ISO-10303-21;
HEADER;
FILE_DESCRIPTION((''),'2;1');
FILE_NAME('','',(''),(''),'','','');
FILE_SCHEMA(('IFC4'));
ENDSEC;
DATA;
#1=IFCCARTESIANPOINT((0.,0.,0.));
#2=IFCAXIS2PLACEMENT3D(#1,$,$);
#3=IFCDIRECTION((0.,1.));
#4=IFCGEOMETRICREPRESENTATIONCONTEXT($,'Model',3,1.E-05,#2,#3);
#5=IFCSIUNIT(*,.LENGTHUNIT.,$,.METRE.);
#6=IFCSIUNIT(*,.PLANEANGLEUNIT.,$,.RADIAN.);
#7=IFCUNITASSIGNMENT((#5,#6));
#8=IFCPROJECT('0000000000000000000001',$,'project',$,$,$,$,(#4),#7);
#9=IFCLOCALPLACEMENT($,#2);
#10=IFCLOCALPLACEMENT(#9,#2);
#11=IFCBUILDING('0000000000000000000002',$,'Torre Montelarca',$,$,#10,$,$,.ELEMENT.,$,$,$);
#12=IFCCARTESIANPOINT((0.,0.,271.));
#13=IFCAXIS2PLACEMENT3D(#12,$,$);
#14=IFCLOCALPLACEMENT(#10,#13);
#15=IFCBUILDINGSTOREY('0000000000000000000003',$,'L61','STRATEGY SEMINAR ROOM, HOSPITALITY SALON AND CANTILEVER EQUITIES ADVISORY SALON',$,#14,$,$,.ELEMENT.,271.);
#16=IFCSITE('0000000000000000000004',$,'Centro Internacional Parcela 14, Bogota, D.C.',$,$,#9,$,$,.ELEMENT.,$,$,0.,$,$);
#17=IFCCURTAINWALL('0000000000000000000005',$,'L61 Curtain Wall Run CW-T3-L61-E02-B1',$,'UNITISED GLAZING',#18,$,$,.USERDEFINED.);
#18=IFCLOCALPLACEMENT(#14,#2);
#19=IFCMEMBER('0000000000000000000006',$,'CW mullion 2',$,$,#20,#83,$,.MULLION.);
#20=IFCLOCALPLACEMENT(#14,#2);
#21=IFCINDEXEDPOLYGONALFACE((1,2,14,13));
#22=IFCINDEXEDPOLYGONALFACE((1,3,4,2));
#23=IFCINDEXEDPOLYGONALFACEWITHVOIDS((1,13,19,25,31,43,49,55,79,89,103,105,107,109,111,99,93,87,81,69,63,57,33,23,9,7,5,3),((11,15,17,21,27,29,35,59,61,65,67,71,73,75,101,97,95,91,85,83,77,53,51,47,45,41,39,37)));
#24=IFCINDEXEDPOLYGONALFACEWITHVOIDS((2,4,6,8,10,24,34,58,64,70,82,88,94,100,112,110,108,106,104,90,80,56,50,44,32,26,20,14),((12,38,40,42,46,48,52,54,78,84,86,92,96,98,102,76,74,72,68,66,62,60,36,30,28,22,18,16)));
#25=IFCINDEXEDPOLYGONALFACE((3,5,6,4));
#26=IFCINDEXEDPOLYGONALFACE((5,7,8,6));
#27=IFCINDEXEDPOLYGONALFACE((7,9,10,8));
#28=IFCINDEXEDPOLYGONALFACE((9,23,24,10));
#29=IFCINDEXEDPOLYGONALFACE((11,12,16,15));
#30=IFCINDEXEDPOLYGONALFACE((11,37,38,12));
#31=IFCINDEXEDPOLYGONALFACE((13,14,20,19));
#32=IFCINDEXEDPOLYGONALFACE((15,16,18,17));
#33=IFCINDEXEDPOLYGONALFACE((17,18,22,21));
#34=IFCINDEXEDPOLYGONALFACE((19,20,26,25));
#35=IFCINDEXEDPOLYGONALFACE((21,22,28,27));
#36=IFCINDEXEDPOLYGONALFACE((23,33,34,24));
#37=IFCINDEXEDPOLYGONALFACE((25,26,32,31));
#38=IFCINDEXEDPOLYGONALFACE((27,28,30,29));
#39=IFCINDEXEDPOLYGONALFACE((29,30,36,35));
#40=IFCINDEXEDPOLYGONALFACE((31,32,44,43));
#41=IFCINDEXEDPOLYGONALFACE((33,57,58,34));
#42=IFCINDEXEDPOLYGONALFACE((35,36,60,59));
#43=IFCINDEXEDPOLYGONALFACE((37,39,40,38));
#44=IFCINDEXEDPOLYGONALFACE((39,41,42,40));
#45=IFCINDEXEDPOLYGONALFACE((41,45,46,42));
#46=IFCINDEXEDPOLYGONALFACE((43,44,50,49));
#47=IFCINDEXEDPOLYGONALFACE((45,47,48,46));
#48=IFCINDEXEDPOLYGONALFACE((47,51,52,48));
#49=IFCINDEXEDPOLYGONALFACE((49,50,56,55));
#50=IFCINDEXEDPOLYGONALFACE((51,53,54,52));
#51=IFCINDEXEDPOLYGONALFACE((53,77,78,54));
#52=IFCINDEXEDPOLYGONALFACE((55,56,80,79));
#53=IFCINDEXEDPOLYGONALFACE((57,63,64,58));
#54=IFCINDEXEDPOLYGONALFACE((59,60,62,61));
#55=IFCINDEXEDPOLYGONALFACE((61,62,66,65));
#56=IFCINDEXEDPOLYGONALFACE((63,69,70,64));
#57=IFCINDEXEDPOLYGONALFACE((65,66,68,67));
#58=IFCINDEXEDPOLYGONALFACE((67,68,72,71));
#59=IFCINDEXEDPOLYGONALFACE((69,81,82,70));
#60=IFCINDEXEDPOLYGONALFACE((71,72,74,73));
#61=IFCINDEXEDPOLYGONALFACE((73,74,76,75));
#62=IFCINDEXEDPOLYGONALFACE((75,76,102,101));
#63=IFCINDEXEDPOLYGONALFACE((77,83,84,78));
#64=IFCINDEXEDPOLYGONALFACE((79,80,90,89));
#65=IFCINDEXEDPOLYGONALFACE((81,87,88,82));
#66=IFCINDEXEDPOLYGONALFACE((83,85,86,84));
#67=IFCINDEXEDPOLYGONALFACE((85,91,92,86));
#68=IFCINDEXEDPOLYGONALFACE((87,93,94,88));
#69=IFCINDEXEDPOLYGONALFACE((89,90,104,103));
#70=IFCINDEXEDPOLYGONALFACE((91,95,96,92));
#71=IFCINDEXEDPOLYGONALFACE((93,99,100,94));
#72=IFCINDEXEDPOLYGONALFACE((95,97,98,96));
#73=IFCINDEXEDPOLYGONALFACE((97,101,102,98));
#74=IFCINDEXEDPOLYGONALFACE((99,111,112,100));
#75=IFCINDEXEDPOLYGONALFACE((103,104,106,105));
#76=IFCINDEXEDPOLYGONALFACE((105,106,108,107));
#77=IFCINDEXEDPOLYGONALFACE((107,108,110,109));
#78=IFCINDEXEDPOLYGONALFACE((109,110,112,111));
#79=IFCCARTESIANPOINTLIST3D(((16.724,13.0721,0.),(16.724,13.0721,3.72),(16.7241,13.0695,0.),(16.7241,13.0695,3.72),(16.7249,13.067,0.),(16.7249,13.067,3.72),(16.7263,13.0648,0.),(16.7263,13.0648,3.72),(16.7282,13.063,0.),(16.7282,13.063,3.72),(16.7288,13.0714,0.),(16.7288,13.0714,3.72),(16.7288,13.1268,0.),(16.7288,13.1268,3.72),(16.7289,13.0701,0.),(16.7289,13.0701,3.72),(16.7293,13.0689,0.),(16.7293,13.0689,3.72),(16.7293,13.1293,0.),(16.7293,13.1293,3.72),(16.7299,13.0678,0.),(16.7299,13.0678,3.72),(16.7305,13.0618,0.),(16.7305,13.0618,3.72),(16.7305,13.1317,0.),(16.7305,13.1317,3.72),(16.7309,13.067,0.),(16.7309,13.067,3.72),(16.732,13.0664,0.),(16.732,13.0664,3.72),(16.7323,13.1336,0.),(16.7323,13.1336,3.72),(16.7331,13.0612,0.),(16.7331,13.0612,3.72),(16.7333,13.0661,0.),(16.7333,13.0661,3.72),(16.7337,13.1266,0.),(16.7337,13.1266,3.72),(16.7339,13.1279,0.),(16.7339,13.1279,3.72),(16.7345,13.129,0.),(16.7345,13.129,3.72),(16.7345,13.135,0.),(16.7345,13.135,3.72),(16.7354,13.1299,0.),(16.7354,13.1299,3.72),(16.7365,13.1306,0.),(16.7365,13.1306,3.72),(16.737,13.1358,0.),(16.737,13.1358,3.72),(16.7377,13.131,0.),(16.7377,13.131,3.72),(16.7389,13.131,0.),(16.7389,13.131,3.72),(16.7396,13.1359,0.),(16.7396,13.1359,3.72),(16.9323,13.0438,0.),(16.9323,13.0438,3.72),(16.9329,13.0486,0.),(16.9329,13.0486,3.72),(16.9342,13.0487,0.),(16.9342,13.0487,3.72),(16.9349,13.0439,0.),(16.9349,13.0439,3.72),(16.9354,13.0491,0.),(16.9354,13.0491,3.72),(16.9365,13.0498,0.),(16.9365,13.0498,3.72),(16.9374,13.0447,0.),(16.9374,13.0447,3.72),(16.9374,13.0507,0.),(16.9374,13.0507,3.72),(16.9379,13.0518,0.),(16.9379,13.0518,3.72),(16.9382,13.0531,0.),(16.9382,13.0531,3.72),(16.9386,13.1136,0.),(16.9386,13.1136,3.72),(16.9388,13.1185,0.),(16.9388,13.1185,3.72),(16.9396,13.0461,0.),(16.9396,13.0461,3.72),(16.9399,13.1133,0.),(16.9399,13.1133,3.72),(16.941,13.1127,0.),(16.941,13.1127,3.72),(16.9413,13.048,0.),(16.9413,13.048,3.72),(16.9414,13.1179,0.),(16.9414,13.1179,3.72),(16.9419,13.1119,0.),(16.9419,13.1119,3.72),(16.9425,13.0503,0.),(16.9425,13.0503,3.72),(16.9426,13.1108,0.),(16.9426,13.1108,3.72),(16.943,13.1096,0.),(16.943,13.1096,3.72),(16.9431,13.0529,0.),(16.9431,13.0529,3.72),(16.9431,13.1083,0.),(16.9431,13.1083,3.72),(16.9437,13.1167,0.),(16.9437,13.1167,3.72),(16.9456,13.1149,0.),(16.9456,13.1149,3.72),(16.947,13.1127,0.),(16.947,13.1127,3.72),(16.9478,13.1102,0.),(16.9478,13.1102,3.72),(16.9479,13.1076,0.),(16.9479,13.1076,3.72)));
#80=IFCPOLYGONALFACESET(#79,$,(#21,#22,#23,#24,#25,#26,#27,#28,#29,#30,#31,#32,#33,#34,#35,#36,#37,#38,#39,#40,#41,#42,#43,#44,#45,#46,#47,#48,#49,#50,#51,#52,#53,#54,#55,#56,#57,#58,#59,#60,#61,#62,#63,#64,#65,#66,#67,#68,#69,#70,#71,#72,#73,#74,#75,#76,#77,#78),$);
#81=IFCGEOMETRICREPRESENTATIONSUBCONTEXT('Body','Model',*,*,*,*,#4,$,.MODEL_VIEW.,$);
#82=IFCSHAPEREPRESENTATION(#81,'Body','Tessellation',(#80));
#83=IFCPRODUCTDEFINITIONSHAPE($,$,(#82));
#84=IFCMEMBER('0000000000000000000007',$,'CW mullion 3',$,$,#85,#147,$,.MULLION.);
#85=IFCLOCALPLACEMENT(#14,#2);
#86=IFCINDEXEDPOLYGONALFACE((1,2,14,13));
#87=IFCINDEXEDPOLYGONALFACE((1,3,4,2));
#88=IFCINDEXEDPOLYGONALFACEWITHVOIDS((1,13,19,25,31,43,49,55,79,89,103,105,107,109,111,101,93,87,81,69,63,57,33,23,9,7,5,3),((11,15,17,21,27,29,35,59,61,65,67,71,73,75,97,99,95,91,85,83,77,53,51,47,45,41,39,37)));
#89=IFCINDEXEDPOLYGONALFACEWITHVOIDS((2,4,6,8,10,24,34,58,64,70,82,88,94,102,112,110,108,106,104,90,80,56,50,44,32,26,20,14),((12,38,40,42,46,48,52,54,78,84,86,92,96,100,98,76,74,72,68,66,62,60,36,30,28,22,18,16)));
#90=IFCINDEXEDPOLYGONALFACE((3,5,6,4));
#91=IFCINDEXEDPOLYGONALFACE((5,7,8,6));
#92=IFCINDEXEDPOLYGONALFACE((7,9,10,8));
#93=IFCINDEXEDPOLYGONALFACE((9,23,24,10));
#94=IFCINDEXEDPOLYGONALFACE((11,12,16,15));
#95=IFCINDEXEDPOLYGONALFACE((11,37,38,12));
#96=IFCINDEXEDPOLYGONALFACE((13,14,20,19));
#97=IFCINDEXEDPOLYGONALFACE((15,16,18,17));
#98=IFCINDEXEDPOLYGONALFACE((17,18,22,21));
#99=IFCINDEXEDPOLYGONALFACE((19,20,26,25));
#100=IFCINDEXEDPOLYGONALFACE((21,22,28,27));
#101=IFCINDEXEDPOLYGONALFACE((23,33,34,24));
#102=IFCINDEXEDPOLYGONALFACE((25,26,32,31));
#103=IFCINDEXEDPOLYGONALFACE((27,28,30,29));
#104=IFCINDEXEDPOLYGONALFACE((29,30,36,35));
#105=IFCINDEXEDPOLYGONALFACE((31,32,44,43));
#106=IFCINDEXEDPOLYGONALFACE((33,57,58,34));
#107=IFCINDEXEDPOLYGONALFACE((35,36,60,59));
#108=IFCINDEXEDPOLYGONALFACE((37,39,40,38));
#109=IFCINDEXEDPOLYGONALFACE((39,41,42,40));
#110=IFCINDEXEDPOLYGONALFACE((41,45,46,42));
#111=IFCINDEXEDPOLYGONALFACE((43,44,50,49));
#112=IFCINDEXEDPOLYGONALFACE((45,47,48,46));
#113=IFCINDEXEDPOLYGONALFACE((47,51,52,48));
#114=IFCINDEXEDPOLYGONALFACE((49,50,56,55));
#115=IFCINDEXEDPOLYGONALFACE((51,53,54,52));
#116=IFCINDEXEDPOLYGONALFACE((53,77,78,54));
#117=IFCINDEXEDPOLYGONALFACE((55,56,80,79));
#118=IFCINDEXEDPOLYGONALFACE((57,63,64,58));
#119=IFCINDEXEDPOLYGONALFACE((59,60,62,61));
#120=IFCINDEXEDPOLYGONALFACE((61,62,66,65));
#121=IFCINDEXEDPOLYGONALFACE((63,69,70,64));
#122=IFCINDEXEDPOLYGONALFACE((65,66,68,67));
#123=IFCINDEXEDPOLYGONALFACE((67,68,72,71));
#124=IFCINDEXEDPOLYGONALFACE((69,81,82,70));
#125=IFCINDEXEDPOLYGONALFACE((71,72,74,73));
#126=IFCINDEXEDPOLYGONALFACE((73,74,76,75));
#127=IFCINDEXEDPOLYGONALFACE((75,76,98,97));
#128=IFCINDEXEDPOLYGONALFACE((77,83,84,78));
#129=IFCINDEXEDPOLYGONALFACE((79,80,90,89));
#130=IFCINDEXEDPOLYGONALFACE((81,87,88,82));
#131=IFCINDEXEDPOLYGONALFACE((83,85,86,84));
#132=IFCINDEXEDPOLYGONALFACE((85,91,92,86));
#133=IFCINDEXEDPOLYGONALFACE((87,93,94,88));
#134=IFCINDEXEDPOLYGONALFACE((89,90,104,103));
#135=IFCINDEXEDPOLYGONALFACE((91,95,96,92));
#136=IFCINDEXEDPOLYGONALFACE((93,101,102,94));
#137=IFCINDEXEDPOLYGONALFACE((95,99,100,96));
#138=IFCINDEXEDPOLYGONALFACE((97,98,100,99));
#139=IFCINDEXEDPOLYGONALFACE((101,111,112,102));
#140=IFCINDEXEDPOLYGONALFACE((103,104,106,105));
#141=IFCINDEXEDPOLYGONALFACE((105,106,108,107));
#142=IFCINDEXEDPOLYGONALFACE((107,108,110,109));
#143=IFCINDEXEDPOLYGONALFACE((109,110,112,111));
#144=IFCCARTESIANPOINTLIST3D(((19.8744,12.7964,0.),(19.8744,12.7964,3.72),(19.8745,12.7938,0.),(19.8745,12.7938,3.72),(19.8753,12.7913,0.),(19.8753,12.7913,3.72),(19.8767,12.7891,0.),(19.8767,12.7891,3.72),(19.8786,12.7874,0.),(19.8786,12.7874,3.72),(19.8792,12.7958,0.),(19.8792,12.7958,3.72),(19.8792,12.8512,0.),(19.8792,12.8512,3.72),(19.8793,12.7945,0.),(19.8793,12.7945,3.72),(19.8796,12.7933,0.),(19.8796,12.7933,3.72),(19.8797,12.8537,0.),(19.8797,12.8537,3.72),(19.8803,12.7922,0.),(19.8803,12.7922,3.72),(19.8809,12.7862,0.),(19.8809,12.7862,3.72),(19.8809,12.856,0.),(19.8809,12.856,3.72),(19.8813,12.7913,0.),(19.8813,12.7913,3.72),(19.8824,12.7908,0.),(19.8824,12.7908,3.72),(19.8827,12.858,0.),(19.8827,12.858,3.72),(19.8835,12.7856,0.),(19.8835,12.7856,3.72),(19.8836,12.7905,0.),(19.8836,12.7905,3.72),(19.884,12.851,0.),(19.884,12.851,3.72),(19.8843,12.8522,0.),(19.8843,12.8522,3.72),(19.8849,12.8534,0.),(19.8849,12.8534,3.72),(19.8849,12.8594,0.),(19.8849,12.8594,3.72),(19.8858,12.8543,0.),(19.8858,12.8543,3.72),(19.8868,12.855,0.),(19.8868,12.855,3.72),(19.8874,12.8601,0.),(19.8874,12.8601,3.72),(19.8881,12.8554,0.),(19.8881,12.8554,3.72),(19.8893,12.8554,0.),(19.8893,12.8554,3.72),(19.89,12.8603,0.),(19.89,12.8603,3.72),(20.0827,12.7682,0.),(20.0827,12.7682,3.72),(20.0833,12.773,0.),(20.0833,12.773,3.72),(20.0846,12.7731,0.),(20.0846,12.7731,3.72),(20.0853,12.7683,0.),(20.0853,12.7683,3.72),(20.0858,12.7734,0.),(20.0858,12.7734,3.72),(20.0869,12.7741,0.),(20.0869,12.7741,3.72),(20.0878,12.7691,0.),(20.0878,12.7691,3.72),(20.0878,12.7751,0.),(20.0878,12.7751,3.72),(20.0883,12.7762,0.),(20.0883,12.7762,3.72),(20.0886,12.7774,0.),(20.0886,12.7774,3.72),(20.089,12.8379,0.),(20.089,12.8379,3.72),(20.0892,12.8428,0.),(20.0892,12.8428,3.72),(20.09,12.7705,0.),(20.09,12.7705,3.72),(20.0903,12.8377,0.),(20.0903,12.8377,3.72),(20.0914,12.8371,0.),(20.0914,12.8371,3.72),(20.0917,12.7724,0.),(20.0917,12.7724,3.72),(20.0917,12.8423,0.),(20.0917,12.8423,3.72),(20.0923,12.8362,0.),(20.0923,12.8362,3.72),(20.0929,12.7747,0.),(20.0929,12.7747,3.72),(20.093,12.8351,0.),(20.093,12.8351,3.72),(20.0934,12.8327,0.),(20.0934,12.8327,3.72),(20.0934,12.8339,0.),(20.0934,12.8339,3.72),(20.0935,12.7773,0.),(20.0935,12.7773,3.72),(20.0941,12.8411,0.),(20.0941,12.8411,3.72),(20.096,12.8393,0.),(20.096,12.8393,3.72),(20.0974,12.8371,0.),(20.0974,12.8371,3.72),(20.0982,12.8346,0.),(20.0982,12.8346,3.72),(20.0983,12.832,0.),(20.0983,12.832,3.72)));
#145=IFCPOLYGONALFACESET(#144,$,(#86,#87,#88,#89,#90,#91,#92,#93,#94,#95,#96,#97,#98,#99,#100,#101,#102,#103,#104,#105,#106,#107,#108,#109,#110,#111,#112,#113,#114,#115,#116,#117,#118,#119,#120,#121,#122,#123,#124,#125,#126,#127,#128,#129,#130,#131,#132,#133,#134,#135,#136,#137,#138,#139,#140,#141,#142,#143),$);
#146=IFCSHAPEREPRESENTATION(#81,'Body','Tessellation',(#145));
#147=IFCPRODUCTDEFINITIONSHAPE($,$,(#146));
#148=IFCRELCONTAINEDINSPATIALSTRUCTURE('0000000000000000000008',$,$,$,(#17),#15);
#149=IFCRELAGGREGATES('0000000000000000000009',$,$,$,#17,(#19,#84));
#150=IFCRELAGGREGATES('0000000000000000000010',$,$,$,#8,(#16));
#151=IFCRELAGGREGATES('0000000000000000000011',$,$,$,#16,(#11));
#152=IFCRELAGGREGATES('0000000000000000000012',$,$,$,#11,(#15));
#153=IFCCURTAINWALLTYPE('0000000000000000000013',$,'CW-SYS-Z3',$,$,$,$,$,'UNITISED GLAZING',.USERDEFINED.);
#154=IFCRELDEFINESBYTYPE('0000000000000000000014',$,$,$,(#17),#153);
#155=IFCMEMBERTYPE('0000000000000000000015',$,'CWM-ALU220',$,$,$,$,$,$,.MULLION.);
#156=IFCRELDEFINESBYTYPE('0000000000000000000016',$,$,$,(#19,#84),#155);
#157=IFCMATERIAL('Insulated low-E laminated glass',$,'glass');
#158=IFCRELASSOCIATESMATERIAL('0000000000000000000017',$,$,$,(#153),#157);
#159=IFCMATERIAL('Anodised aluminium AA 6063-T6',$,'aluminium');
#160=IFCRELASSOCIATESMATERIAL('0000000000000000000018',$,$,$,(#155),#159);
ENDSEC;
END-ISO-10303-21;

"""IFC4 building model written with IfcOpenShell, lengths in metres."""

from ifc_helpers import new_model, si_unit, direction, frame, origin, origin_2d, place, context, subcontext, project, spatial, hollow_rectangle, extrude, source, transform, mapped, material, material_profile, profile_set, type_object, element, aggregate, save


model = new_model("IFC4")

# Units and contexts
model_context = context("Model", 3, precision=1e-05, world=origin(), true_north=direction((0.0, 1.0)))
body_context = subcontext(model_context, "Body", "Model", "MODEL_VIEW")
ifc_project = project(units=[si_unit("LENGTHUNIT", "METRE"), si_unit("PLANEANGLEUNIT", "RADIAN")], contexts=[model_context])

# Site, building, storey
site_placement = place(None, origin())
site = spatial("IfcSite", under=ifc_project, at=site_placement, Name="Centro Internacional Parcela 14, Bogota, D.C.", CompositionType="ELEMENT", RefElevation=0.0)
building_placement = place(site_placement, origin())
building = spatial("IfcBuilding", under=site, at=building_placement, Name="Torre Montelarca", CompositionType="ELEMENT")
storey_placement = place(building_placement, frame((0.0, 0.0, 271.0)))
storey = spatial("IfcBuildingStorey", under=building, at=storey_placement, Name="L61", Description="STRATEGY SEMINAR ROOM, HOSPITALITY SALON AND CANTILEVER EQUITIES ADVISORY SALON", CompositionType="ELEMENT", Elevation=271.0)

# Curtain wall
ifc_material_1 = material(Name="Insulated low-E laminated glass", Category="glass")
curtain_wall_type = type_object("IfcCurtainWallType", Name="CW-SYS-Z3", ElementType="UNITISED GLAZING", PredefinedType="USERDEFINED", material=ifc_material_1)
curtain_wall_1_placement = place(storey_placement, origin())
curtain_wall_1 = element("IfcCurtainWall", 1, at=curtain_wall_1_placement, inside=storey, type_object=curtain_wall_type, Name="L61 Curtain Wall Run CW-T3-L61-E02-B1", ObjectType="UNITISED GLAZING", PredefinedType="USERDEFINED")
ifc_material_2 = material(Name="Anodised aluminium AA 6063-T6", Category="aluminium")

# Shared definitions
ifc_material_profile_1 = material_profile(ifc_material_2, hollow_rectangle(XDim=0.075, YDim=0.22, WallThickness=0.0049, InnerFilletRadius=0.0049, OuterFilletRadius=0.01, at=origin_2d()), Name="ALU75X220X5", Category="aluminium")
ifc_profile_set_1 = profile_set([ifc_material_profile_1], Name="Anodised aluminium AA 6063-T6")
member_type_1 = type_object("IfcMemberType", Name="CWM-ALU220", PredefinedType="MULLION", material=ifc_profile_set_1)
shared_shape_1 = source(origin(), body_context, "Body", "SweptSolid", [
    extrude(hollow_rectangle(XDim=0.075, YDim=0.22, WallThickness=0.0049, InnerFilletRadius=0.0049, OuterFilletRadius=0.01, at=origin_2d()), origin(), (0.0, 0.0, 1.0), 3.72),
])

# Members
member_1_placement = place(storey_placement, frame((16.8359, 13.0898, 0.0), z_axis=(0.0, 0.0, 1.0), x_axis=(0.087174, 0.996193, 0.0)))
member_1 = element("IfcMember", 2, at=member_1_placement, type_object=member_type_1, Name="CW mullion 2", PredefinedType="MULLION", context=body_context, shape_type="MappedRepresentation", body=[
    mapped(shared_shape_1, transform((0.0, 0.0, 0.0), scale=1.0)),
])
member_2_placement = place(storey_placement, frame((19.9863, 12.8142, 0.0), z_axis=(0.0, 0.0, 1.0), x_axis=(0.087174, 0.996193, 0.0)))
member_2 = element("IfcMember", 3, at=member_2_placement, type_object=member_type_1, Name="CW mullion 3", PredefinedType="MULLION", context=body_context, shape_type="MappedRepresentation", body=[
    mapped(shared_shape_1, transform((0.0, 0.0, 0.0), scale=1.0)),
])

aggregate(curtain_wall_1, [member_1, member_2])

save(model, "model.ifc")
